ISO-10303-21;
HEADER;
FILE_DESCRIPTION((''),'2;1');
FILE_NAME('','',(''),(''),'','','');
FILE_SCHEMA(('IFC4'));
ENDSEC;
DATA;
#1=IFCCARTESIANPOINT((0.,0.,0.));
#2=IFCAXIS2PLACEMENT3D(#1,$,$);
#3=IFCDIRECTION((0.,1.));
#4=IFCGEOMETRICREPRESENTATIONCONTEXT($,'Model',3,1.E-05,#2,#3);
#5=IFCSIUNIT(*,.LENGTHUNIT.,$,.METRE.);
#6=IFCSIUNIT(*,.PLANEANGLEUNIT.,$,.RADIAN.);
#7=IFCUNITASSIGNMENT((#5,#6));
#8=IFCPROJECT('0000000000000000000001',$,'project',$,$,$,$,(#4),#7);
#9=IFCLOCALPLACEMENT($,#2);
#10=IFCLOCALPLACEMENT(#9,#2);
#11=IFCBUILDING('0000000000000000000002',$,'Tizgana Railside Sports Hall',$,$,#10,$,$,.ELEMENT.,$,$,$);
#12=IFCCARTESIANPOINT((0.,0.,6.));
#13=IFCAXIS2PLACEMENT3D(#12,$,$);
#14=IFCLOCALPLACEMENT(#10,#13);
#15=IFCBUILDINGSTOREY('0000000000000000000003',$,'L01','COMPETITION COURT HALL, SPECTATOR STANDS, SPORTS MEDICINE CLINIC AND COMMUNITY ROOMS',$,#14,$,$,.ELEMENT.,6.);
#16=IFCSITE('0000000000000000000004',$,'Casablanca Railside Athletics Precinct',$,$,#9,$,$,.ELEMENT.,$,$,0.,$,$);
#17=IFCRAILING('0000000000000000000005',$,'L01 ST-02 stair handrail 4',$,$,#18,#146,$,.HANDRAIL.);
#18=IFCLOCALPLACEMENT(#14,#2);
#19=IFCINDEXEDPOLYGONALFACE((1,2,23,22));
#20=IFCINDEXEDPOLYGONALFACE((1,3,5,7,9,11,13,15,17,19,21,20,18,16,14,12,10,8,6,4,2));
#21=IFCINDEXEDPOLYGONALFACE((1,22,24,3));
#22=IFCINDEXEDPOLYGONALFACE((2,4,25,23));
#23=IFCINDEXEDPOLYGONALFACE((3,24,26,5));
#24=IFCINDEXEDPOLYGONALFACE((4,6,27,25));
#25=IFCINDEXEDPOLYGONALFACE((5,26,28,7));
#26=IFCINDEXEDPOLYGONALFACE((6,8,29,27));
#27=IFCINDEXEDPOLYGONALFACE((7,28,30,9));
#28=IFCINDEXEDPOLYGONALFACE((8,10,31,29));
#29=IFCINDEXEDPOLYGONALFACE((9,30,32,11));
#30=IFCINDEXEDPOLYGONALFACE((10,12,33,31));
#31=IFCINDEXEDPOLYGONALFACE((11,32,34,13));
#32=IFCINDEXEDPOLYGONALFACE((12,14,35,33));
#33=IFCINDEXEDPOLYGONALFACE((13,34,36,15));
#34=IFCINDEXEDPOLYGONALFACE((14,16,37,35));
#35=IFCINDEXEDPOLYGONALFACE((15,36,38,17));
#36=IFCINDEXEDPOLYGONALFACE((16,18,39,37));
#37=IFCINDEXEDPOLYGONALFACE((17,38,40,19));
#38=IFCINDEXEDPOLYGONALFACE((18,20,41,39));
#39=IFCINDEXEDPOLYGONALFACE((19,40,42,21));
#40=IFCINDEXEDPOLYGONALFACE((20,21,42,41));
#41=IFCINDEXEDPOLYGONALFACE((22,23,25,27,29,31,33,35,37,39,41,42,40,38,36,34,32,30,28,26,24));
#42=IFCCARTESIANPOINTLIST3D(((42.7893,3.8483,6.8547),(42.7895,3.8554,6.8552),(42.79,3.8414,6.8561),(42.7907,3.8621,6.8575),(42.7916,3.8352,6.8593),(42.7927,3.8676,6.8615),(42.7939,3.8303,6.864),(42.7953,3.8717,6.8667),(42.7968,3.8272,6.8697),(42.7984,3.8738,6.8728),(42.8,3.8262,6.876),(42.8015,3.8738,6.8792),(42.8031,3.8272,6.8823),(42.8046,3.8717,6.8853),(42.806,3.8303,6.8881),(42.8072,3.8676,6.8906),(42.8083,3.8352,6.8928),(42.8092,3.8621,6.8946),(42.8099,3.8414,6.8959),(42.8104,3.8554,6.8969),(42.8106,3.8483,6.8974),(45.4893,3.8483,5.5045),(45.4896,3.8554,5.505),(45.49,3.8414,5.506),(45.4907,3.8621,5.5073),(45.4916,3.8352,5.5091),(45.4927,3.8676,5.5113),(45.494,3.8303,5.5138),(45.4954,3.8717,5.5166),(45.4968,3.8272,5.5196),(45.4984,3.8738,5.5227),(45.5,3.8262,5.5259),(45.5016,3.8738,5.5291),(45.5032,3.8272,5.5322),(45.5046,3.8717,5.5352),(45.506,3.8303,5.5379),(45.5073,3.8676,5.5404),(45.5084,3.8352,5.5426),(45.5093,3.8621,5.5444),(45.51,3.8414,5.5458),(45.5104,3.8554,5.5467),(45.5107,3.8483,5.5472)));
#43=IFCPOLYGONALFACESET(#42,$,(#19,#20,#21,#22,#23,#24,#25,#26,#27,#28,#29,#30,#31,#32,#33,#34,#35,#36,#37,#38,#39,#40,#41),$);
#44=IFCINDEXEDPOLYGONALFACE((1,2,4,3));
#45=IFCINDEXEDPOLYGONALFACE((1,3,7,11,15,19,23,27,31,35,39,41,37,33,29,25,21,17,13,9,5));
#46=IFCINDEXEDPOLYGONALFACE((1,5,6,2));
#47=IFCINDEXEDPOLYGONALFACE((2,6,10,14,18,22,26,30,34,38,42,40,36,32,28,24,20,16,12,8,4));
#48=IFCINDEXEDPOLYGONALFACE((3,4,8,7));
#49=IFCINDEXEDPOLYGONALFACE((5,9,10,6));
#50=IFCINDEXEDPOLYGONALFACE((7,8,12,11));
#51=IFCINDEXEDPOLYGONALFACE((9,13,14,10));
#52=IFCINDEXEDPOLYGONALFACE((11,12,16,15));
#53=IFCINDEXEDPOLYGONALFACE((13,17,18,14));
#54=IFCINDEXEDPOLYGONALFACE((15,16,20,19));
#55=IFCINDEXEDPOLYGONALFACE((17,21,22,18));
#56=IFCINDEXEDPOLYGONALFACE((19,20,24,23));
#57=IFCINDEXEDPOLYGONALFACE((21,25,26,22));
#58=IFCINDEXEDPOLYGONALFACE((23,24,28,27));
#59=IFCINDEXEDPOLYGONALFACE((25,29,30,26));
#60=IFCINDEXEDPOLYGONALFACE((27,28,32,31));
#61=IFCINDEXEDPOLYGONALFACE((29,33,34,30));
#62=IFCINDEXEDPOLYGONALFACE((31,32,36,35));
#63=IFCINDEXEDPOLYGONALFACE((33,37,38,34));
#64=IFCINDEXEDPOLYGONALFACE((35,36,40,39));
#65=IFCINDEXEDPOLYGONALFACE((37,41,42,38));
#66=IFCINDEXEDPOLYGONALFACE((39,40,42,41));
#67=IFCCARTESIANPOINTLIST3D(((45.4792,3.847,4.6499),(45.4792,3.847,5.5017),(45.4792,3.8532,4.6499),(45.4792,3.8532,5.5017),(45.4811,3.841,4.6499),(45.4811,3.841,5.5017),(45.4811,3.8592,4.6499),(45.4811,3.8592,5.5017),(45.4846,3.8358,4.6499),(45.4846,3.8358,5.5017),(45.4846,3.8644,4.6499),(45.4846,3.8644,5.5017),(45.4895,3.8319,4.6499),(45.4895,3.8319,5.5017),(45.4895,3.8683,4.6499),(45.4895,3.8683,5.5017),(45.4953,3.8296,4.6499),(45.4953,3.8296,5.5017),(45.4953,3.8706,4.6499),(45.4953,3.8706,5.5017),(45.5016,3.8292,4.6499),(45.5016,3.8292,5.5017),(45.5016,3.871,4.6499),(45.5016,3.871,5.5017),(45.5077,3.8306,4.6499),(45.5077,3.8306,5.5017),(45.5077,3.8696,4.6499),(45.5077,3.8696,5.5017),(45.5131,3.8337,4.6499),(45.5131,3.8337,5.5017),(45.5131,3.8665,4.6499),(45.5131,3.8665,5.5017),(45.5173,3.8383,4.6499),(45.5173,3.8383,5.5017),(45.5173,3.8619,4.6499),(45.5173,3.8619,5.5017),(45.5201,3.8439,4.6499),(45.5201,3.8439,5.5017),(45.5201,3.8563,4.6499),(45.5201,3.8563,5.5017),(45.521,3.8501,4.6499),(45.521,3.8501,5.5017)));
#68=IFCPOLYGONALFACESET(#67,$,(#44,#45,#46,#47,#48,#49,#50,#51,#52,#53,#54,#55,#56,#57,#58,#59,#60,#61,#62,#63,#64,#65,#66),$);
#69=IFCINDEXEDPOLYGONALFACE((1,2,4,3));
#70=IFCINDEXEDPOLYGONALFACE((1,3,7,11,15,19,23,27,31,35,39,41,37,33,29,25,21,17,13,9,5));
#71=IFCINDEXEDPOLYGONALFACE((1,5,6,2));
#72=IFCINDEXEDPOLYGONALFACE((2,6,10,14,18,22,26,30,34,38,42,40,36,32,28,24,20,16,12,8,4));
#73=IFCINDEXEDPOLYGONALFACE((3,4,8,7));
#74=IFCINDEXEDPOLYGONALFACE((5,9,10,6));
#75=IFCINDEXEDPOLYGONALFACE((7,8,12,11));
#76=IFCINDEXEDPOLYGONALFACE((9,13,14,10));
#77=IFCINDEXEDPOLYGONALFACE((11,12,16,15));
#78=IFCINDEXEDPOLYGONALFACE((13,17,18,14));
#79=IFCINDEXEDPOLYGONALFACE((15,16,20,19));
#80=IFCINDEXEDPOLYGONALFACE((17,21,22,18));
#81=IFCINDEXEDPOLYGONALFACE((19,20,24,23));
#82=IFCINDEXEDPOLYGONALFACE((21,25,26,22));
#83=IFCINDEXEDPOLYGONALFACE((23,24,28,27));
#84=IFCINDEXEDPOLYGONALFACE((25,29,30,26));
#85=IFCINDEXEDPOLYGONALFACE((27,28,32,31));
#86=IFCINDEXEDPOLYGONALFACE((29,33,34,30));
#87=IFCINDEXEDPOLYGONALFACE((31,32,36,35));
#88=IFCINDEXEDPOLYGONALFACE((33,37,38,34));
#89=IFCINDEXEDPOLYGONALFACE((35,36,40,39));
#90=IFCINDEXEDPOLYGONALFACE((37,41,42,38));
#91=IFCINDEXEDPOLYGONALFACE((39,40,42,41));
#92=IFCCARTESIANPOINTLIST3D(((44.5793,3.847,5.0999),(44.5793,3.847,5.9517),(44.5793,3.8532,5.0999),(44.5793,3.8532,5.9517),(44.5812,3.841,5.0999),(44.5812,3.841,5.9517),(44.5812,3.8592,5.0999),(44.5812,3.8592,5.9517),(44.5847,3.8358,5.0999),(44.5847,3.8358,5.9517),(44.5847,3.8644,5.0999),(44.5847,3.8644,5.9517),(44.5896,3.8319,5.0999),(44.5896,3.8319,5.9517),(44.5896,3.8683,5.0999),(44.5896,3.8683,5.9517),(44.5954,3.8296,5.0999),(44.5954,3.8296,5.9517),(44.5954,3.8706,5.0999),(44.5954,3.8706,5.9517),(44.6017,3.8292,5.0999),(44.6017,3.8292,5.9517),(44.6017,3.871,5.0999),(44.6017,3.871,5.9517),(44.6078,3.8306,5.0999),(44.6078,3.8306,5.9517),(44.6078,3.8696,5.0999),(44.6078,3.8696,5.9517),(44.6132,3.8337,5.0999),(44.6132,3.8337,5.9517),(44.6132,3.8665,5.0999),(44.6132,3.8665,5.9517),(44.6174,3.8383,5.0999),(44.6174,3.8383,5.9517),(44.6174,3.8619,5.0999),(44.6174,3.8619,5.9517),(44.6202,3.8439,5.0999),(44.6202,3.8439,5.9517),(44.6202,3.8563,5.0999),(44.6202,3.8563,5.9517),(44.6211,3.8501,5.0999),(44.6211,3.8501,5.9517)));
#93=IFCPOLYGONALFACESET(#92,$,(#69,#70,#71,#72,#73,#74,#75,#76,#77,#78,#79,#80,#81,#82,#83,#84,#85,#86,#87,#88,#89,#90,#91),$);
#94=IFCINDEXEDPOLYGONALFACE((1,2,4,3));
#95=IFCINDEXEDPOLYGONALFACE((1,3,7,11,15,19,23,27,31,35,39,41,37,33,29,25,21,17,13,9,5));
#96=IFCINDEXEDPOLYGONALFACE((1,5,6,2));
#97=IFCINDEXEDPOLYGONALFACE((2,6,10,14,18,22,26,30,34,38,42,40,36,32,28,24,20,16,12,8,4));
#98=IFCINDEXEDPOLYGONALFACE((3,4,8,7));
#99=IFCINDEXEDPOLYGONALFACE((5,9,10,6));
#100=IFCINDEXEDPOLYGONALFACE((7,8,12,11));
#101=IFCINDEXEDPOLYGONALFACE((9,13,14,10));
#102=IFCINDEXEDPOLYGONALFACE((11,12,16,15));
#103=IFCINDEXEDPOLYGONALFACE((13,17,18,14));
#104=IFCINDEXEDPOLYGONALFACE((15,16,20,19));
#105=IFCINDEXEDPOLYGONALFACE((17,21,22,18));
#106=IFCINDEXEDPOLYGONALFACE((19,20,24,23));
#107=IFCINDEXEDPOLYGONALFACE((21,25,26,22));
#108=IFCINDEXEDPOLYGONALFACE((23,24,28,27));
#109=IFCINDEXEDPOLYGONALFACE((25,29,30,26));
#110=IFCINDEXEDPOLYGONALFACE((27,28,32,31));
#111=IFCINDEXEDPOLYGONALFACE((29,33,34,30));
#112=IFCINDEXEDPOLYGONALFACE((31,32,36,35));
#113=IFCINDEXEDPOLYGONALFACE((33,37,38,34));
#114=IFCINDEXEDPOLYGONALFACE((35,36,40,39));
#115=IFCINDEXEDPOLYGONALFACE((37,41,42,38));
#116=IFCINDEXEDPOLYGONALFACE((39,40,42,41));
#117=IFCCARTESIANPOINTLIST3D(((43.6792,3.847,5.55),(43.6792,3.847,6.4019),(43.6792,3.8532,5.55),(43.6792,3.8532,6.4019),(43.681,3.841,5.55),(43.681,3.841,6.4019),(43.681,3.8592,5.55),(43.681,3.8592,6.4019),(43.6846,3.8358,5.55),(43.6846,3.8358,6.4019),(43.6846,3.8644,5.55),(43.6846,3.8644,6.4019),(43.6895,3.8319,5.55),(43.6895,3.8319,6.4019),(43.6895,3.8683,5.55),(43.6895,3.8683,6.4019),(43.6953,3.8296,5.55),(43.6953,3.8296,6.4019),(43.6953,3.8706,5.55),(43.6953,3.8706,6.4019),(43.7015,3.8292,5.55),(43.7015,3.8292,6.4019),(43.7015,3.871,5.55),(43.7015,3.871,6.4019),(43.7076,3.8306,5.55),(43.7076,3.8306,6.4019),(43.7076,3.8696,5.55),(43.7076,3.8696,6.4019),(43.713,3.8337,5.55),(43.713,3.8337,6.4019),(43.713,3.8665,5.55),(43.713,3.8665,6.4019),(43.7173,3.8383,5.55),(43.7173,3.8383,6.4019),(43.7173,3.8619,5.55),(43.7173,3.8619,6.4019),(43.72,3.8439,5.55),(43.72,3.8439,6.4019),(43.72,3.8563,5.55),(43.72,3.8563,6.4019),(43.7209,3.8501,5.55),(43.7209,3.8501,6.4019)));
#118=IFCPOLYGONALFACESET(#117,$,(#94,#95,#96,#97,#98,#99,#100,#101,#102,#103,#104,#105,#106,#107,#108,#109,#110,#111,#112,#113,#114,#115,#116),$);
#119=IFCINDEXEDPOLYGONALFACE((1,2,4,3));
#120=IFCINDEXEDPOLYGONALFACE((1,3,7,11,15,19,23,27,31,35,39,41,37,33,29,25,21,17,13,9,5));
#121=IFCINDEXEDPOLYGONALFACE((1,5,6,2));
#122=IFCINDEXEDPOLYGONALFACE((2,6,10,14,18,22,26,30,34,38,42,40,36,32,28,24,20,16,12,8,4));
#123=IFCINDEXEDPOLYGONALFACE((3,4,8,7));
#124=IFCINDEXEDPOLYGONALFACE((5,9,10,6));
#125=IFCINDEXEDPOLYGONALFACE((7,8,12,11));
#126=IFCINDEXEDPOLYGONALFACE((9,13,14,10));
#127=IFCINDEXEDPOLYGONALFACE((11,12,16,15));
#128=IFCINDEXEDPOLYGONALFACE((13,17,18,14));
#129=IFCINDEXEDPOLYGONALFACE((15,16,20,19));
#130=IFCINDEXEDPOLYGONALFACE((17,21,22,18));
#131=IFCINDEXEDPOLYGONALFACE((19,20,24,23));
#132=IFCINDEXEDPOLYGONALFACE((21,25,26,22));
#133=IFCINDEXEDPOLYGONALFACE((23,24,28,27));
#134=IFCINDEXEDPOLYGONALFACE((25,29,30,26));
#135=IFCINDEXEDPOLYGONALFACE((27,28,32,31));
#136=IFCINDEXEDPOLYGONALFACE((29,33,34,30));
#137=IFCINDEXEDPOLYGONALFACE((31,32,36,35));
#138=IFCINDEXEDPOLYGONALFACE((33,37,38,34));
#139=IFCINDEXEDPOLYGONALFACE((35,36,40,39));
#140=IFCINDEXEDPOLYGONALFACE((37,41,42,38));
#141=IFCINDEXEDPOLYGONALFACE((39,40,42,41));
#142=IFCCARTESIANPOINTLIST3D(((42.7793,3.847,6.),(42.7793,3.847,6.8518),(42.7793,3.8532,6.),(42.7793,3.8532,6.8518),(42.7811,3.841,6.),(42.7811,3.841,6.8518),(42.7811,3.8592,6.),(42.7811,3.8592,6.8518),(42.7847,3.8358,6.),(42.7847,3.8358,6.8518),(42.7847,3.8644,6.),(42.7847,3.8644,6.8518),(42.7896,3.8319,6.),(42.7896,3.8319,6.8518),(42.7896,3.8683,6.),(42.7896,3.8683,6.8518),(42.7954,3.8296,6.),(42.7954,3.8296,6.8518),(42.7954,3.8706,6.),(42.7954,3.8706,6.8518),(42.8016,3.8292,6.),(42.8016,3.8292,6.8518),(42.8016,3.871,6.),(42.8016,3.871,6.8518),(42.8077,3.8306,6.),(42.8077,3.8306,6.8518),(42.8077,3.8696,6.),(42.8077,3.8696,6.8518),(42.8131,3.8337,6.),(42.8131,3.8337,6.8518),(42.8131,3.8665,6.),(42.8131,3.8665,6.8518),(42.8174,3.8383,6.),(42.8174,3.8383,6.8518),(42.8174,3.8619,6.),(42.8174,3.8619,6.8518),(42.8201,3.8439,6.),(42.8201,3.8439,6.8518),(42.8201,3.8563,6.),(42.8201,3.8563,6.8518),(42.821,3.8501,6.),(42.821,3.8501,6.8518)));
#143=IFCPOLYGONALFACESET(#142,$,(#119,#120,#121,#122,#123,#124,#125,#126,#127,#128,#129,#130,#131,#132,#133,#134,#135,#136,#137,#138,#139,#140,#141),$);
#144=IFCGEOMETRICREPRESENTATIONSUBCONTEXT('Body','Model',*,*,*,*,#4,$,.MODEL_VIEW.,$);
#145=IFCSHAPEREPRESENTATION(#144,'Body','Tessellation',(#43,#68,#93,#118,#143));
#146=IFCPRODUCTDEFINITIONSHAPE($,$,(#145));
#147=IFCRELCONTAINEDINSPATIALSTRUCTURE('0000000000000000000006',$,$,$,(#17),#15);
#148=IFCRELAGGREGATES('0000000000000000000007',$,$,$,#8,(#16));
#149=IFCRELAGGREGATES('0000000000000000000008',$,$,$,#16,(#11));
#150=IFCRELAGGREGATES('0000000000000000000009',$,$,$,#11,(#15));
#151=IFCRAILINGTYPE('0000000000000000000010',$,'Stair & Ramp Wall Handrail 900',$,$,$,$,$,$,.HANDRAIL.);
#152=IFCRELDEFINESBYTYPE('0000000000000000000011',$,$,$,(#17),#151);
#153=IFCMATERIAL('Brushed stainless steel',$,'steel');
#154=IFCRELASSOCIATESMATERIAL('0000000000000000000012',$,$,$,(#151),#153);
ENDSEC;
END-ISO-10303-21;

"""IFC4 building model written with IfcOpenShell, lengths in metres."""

from ifc_helpers import new_model, si_unit, direction, frame, origin, origin_2d, place, context, subcontext, project, spatial, circle, extrude, material, type_object, element, save


model = new_model("IFC4")

# Units and contexts
model_context = context("Model", 3, precision=1e-05, world=origin(), true_north=direction((0.0, 1.0)))
body_context = subcontext(model_context, "Body", "Model", "MODEL_VIEW")
ifc_project = project(units=[si_unit("LENGTHUNIT", "METRE"), si_unit("PLANEANGLEUNIT", "RADIAN")], contexts=[model_context])

# Site, building, storey
site_placement = place(None, origin())
site = spatial("IfcSite", under=ifc_project, at=site_placement, Name="Casablanca Railside Athletics Precinct", CompositionType="ELEMENT", RefElevation=0.0)
building_placement = place(site_placement, origin())
building = spatial("IfcBuilding", under=site, at=building_placement, Name="Tizgana Railside Sports Hall", CompositionType="ELEMENT")
storey_placement = place(building_placement, frame((0.0, 0.0, 6.0)))
storey = spatial("IfcBuildingStorey", under=building, at=storey_placement, Name="L01", Description="COMPETITION COURT HALL, SPECTATOR STANDS, SPORTS MEDICINE CLINIC AND COMMUNITY ROOMS", CompositionType="ELEMENT", Elevation=6.0)

# Railing
ifc_material_1 = material(Name="Brushed stainless steel", Category="steel")
railing_type_1 = type_object("IfcRailingType", Name="Stair & Ramp Wall Handrail 900", PredefinedType="HANDRAIL", material=ifc_material_1)
for number, where, name in (
    (1, (45.5, 3.8501, 4.6499), "L01 ST-02 stair handrail 4"),
):
    element("IfcRailing", number, at=place(storey_placement, frame(where)), inside=storey, type_object=railing_type_1, Name=name, PredefinedType="HANDRAIL", context=body_context, shape_type="SweptSolid", body=[
        extrude(circle(Radius=0.0239, at=origin_2d()), frame((0.0, 0.0, 0.876), z_axis=(-0.894411, 0.0, 0.447246), x_axis=(0.0, -1.0, 0.0)), (0.0, 0.0, 1.0), 3.0188),
        extrude(circle(Radius=0.021, at=origin_2d()), origin(), (0.0, 0.0, 1.0), 0.8518),
        extrude(circle(Radius=0.021, at=origin_2d()), frame((-0.8999, 0.0, 0.45)), (0.0, 0.0, 1.0), 0.8518),
        extrude(circle(Radius=0.021, at=origin_2d()), frame((-1.8, 0.0, 0.9001)), (0.0, 0.0, 1.0), 0.8518),
        extrude(circle(Radius=0.021, at=origin_2d()), frame((-2.7, 0.0, 1.3501)), (0.0, 0.0, 1.0), 0.8518),
    ])

save(model, "model.ifc")
